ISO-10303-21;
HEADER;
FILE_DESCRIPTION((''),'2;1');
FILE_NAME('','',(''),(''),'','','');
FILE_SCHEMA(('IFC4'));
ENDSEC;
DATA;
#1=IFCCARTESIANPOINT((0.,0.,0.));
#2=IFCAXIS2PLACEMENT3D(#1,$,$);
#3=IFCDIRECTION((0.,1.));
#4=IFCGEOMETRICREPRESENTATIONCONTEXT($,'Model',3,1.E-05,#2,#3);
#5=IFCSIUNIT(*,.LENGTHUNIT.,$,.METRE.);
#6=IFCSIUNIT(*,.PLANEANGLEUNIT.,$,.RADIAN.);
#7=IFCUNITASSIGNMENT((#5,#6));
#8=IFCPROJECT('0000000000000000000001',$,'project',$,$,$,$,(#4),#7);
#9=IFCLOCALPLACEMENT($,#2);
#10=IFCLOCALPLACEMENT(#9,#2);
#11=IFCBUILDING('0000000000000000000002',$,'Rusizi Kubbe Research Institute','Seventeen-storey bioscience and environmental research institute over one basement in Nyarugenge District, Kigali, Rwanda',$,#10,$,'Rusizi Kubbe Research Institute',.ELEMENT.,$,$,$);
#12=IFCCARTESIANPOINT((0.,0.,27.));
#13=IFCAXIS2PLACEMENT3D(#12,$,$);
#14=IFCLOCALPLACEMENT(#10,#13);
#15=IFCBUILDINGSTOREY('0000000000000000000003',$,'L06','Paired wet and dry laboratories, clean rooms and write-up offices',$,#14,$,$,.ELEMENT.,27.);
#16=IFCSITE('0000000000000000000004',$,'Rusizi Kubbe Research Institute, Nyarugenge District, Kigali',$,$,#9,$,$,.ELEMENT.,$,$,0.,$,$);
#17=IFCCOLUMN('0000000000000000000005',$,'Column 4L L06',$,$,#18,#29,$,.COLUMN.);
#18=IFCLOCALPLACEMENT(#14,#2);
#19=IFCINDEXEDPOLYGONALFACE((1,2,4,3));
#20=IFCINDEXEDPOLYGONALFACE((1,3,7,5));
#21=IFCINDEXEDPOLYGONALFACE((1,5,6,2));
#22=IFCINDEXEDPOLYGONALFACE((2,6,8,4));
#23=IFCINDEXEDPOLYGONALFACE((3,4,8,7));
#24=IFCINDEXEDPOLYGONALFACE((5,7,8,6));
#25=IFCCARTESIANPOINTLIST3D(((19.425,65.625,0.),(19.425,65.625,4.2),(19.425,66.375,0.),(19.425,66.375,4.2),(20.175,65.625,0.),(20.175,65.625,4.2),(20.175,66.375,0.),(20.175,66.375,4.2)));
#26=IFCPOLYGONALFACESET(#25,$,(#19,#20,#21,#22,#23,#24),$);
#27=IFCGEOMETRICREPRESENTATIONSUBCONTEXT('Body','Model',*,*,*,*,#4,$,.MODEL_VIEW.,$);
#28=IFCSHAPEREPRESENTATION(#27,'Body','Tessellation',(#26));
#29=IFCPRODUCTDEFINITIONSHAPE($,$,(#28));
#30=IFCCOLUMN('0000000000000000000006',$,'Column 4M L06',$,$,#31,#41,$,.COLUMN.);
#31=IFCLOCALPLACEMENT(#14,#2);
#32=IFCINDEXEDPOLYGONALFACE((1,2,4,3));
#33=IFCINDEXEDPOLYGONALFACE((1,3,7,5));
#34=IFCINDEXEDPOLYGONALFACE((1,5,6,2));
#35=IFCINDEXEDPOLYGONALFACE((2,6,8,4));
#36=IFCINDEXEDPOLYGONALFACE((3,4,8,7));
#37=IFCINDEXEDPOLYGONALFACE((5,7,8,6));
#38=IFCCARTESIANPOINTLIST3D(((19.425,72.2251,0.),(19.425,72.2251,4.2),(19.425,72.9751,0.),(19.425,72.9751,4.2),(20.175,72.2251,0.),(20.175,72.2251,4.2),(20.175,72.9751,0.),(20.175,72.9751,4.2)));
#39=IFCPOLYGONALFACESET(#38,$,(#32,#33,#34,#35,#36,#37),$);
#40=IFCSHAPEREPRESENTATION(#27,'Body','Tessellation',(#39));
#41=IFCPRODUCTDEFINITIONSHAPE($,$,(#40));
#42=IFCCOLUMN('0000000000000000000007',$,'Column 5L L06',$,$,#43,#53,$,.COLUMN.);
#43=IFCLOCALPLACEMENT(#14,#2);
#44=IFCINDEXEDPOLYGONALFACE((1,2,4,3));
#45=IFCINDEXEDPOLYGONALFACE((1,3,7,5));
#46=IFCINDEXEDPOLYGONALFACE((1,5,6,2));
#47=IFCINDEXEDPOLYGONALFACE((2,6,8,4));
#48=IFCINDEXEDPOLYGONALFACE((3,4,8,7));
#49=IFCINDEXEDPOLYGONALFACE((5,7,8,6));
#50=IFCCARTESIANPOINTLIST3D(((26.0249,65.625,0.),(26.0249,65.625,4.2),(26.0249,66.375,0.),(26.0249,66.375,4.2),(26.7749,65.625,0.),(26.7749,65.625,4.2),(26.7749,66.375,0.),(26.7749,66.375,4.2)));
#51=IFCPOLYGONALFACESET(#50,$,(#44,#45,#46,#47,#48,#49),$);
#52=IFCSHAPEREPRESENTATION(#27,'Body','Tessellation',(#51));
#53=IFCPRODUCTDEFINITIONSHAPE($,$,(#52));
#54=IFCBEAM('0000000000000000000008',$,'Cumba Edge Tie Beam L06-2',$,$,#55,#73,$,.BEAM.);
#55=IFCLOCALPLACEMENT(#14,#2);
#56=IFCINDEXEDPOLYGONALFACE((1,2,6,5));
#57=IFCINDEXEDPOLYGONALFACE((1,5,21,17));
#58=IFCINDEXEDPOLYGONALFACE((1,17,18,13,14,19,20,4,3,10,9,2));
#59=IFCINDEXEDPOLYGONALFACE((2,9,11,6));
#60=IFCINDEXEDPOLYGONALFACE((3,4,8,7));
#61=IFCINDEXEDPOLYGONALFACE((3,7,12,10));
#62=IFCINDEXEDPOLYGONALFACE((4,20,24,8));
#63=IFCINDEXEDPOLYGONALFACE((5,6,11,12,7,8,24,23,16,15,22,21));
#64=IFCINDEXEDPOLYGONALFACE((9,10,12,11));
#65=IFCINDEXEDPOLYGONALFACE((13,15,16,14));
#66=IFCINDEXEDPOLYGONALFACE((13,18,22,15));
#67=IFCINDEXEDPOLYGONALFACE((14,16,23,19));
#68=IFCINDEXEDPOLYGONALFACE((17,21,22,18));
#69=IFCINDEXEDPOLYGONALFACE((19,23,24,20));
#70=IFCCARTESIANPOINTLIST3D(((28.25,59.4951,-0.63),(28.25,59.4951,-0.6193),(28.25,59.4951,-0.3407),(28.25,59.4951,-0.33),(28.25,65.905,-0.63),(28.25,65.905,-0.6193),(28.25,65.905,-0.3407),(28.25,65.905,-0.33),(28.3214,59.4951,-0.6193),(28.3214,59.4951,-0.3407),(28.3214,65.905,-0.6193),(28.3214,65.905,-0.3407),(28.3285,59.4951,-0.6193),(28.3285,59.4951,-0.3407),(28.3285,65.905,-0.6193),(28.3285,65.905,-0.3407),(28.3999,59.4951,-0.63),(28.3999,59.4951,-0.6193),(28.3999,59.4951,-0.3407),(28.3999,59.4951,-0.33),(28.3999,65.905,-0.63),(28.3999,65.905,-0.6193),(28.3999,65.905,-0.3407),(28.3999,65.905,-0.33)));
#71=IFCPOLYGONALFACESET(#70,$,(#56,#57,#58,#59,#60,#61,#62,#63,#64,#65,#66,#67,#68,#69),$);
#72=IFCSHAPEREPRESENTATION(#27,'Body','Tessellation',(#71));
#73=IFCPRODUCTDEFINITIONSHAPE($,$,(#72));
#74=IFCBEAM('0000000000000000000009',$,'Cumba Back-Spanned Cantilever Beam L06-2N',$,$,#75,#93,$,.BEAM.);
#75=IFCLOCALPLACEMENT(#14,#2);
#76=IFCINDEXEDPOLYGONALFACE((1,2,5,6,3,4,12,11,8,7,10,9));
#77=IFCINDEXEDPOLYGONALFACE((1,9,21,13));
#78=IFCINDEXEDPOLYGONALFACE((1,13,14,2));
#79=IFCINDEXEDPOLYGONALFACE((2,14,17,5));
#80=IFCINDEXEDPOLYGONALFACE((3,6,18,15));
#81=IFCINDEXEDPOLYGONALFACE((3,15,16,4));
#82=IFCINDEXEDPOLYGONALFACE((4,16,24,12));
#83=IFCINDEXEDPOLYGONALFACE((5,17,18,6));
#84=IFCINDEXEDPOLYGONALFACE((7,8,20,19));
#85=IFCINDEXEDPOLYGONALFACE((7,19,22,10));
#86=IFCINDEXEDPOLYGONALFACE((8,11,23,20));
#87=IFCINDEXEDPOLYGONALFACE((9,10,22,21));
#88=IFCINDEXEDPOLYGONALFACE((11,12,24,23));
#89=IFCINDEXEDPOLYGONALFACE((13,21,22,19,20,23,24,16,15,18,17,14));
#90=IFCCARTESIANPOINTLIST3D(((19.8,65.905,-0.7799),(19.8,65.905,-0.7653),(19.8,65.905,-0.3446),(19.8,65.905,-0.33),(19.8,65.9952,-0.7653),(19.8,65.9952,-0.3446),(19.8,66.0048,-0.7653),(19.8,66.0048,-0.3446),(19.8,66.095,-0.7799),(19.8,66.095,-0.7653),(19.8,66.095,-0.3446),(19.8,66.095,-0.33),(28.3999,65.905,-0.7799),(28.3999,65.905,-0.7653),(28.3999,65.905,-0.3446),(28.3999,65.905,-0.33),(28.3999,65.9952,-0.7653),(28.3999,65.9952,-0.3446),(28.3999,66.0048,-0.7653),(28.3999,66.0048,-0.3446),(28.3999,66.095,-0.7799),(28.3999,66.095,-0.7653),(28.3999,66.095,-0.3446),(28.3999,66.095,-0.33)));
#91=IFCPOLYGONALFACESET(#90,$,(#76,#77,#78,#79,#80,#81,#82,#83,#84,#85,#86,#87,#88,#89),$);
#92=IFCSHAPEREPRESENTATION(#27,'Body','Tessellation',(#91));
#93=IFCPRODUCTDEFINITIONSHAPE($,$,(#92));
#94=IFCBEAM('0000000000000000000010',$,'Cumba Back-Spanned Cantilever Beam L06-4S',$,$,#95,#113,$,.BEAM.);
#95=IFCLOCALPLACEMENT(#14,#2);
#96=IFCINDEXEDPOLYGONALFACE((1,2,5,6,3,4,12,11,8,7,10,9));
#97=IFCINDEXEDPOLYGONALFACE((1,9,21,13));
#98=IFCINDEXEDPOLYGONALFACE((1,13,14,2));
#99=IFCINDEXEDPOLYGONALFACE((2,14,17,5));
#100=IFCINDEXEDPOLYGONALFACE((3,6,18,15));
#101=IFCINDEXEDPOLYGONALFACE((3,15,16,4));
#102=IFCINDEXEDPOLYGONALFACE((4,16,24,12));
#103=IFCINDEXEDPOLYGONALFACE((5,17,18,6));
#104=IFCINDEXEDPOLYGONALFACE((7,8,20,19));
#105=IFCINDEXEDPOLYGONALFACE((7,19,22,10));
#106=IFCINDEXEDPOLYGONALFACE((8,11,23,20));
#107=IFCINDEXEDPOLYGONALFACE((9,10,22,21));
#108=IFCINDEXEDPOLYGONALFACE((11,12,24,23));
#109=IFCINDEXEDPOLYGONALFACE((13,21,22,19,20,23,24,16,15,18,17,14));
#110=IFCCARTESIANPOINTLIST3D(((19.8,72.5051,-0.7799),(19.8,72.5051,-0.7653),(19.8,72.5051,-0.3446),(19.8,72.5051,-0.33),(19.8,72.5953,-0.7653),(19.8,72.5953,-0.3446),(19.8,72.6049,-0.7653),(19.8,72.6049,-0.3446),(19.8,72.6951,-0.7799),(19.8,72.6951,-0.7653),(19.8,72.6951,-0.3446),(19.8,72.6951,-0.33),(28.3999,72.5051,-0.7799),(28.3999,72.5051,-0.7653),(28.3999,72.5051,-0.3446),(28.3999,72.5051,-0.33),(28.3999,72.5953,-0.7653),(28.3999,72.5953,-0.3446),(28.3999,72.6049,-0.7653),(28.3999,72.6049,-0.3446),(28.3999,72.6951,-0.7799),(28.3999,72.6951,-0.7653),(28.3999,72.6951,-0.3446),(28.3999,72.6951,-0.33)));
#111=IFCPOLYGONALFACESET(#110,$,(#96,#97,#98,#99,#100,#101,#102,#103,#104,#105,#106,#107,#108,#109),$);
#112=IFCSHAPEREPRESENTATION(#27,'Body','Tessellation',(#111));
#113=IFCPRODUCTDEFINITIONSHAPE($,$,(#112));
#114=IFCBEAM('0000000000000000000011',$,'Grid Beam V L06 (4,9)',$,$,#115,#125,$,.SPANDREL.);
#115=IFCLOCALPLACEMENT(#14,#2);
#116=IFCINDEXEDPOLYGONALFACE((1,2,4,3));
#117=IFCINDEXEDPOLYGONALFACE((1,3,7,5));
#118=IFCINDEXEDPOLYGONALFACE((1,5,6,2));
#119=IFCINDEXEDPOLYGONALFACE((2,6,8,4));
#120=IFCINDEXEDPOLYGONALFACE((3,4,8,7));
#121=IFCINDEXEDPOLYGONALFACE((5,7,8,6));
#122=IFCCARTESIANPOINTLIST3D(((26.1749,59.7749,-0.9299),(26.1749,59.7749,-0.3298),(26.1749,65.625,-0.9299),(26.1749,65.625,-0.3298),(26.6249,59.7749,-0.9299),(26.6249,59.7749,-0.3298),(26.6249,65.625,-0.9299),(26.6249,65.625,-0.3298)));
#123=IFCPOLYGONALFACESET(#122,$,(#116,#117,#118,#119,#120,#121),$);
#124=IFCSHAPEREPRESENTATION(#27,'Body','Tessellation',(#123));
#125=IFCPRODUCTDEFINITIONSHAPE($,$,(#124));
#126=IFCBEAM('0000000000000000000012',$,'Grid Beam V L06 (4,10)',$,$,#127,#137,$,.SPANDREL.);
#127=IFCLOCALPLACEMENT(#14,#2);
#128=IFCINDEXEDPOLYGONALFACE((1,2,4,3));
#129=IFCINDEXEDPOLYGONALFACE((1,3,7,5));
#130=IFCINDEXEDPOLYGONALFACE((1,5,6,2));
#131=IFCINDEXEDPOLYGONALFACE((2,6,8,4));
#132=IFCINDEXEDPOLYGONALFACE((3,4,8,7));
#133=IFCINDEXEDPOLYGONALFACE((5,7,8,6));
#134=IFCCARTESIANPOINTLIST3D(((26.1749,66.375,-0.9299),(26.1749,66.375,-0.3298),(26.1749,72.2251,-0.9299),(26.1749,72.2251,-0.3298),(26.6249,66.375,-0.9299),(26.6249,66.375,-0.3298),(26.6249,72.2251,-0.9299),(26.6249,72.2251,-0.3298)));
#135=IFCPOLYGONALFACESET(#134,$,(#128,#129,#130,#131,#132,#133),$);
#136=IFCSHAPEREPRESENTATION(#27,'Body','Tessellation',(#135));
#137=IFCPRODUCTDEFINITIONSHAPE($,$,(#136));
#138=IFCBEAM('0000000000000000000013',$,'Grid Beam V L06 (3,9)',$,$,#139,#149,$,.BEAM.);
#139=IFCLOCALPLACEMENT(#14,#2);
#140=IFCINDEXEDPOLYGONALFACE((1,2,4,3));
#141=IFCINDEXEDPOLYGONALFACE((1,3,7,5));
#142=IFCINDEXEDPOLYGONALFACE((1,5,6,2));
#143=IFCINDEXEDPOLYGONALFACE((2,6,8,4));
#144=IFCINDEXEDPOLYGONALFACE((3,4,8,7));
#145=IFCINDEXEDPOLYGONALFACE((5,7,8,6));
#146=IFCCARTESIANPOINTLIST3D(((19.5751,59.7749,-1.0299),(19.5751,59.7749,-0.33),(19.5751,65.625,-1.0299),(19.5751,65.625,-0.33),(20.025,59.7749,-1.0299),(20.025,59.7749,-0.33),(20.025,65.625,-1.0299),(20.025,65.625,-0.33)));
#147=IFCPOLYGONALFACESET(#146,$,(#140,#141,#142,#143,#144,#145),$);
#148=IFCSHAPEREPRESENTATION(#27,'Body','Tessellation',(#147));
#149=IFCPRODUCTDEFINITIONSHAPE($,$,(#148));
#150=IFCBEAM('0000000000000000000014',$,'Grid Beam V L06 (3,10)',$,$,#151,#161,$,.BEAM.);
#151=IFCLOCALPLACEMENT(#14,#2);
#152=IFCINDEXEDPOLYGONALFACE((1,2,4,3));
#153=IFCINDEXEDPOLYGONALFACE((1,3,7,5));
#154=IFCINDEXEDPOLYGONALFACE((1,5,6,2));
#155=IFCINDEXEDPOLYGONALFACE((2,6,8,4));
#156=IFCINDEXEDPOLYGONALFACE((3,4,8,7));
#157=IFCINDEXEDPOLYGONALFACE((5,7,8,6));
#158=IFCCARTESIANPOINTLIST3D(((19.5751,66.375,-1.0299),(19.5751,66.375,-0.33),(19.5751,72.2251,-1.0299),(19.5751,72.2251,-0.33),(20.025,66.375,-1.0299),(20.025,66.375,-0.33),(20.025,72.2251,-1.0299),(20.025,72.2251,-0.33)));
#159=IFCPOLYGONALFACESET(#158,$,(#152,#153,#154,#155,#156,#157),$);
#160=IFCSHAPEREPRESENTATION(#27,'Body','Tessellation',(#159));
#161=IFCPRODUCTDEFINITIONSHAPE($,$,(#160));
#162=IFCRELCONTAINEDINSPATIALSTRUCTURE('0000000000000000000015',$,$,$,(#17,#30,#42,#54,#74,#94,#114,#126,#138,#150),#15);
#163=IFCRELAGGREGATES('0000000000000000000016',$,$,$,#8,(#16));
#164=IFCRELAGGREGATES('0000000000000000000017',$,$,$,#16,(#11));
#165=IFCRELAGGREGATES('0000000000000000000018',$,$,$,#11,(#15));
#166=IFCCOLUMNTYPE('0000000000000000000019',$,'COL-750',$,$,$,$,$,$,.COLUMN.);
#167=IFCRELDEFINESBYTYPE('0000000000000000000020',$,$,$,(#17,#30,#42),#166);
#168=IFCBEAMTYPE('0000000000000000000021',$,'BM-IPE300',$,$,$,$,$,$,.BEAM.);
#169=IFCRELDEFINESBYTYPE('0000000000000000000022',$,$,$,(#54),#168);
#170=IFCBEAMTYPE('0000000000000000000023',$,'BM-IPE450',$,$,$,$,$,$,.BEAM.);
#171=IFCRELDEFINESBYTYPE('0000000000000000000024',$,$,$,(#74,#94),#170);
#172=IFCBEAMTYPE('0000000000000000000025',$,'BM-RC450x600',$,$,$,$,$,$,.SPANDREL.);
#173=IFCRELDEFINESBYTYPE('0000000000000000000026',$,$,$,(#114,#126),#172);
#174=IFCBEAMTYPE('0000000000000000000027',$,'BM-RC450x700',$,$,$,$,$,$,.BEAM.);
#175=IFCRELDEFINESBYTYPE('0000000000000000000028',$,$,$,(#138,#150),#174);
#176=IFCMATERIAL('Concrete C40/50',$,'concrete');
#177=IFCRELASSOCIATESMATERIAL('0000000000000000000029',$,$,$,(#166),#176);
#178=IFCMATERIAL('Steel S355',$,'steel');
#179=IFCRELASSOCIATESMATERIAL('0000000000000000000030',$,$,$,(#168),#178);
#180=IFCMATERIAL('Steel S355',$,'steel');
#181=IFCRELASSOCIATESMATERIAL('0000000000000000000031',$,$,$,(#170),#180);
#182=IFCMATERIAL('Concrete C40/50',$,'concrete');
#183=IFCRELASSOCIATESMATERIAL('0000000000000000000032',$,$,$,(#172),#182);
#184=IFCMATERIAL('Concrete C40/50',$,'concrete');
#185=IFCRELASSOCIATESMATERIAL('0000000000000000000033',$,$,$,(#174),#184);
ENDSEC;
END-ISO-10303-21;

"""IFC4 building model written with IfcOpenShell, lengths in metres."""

from ifc_helpers import new_model, si_unit, direction, frame, origin, origin_2d, place, context, subcontext, project, spatial, rectangle, i_section, extrude, material, material_profile, profile_set, type_object, element, save


model = new_model("IFC4")

# Units and contexts
model_context = context("Model", 3, precision=1e-05, world=origin(), true_north=direction((0.0, 1.0)))
body_context = subcontext(model_context, "Body", "Model", "MODEL_VIEW")
ifc_project = project(units=[si_unit("LENGTHUNIT", "METRE"), si_unit("PLANEANGLEUNIT", "RADIAN")], contexts=[model_context])

# Site, building, storey
site_placement = place(None, origin())
site = spatial("IfcSite", under=ifc_project, at=site_placement, Name="Rusizi Kubbe Research Institute, Nyarugenge District, Kigali", CompositionType="ELEMENT", RefElevation=0.0)
building_placement = place(site_placement, origin())
building = spatial("IfcBuilding", under=site, at=building_placement, Name="Rusizi Kubbe Research Institute", Description="Seventeen-storey bioscience and environmental research institute over one basement in Nyarugenge District, Kigali, Rwanda", LongName="Rusizi Kubbe Research Institute", CompositionType="ELEMENT")
storey_placement = place(building_placement, frame((0.0, 0.0, 27.0)))
storey = spatial("IfcBuildingStorey", under=building, at=storey_placement, Name="L06", Description="Paired wet and dry laboratories, clean rooms and write-up offices", CompositionType="ELEMENT", Elevation=27.0)

# Columns
ifc_material_1 = material(Name="Concrete C40/50", Category="concrete")
ifc_material_profile_1 = material_profile(ifc_material_1, rectangle(XDim=0.75, YDim=0.75, at=origin_2d()), Name="RC750x750")
ifc_profile_set_1 = profile_set([ifc_material_profile_1], Name="Concrete C40/50")
column_type = type_object("IfcColumnType", Name="COL-750", PredefinedType="COLUMN", material=ifc_profile_set_1)
for number, where, z_axis, x_axis, name in (
    (1, (19.8, 66.0, 0.0), (0.0, 0.0, 1.0), (1.0, 0.0, 0.0), "Column 4L L06"),
    (2, (19.8, 72.6001, 0.0), (0.0, 0.0, 1.0), (1.0, 0.0, 0.0), "Column 4M L06"),
    (3, (26.3999, 66.0, 0.0), (0.0, 0.0, 1.0), (1.0, 0.0, 0.0), "Column 5L L06"),
):
    element("IfcColumn", number, at=place(storey_placement, frame(where, z_axis=z_axis, x_axis=x_axis)), inside=storey, type_object=column_type, Name=name, PredefinedType="COLUMN", context=body_context, shape_type="SweptSolid", body=[
        extrude(rectangle(XDim=0.75, YDim=0.75, at=origin_2d()), origin(), (0.0, 0.0, 1.0), 4.2),
    ])

# Beams
ifc_material_2 = material(Name="Steel S355", Category="steel")
ifc_material_profile_2 = material_profile(ifc_material_2, i_section(OverallWidth=0.1499, OverallDepth=0.3, WebThickness=0.0071, FlangeThickness=0.0107, at=origin_2d()), Name="IPE 300")
ifc_profile_set_2 = profile_set([ifc_material_profile_2], Name="Steel S355")
beam_type_1 = type_object("IfcBeamType", Name="BM-IPE300", PredefinedType="BEAM", material=ifc_profile_set_2)
beam_placement = place(storey_placement, frame((28.325, 59.4951, -0.48), z_axis=(0.0, 1.0, 0.0), x_axis=(-1.0, 0.0, 0.0)))
element("IfcBeam", 4, at=beam_placement, inside=storey, type_object=beam_type_1, Name="Cumba Edge Tie Beam L06-2", PredefinedType="BEAM", context=body_context, shape_type="SweptSolid", body=[
    extrude(i_section(OverallWidth=0.1499, OverallDepth=0.3, WebThickness=0.0071, FlangeThickness=0.0107, at=origin_2d()), origin(), (0.0, 0.0, 1.0), 6.4099),
])
ifc_material_3 = material(Name="Steel S355", Category="steel")
ifc_material_profile_3 = material_profile(ifc_material_3, i_section(OverallWidth=0.1899, OverallDepth=0.45, WebThickness=0.0095, FlangeThickness=0.0146, at=origin_2d()), Name="IPE 450")
ifc_profile_set_3 = profile_set([ifc_material_profile_3], Name="Steel S355")
beam_type_2 = type_object("IfcBeamType", Name="BM-IPE450", PredefinedType="BEAM", material=ifc_profile_set_3)
for number, where, z_axis, x_axis, name in (
    (5, (19.8, 66.0, -0.5549), (1.0, 0.0, 0.0), (0.0, 1.0, 0.0), "Cumba Back-Spanned Cantilever Beam L06-2N"),
    (6, (19.8, 72.6001, -0.5549), (1.0, 0.0, 0.0), (0.0, 1.0, 0.0), "Cumba Back-Spanned Cantilever Beam L06-4S"),
):
    element("IfcBeam", number, at=place(storey_placement, frame(where, z_axis=z_axis, x_axis=x_axis)), inside=storey, type_object=beam_type_2, Name=name, PredefinedType="BEAM", context=body_context, shape_type="SweptSolid", body=[
        extrude(i_section(OverallWidth=0.1899, OverallDepth=0.45, WebThickness=0.0095, FlangeThickness=0.0146, at=origin_2d()), origin(), (0.0, 0.0, 1.0), 8.5999),
    ])
ifc_material_4 = material(Name="Concrete C40/50", Category="concrete")
ifc_material_profile_4 = material_profile(ifc_material_4, rectangle(XDim=0.45, YDim=0.6001, at=origin_2d()), Name="RC450x600")
ifc_profile_set_4 = profile_set([ifc_material_profile_4], Name="Concrete C40/50")
beam_type_3 = type_object("IfcBeamType", Name="BM-RC450x600", PredefinedType="SPANDREL", material=ifc_profile_set_4)
for number, where, z_axis, x_axis, name in (
    (7, (26.3999, 59.7749, -0.6299), (0.0, 1.0, 0.0), (-1.0, 0.0, 0.0), "Grid Beam V L06 (4,9)"),
    (8, (26.3999, 66.375, -0.6299), (0.0, 1.0, 0.0), (-1.0, 0.0, 0.0), "Grid Beam V L06 (4,10)"),
):
    element("IfcBeam", number, at=place(storey_placement, frame(where, z_axis=z_axis, x_axis=x_axis)), inside=storey, type_object=beam_type_3, Name=name, PredefinedType="SPANDREL", context=body_context, shape_type="SweptSolid", body=[
        extrude(rectangle(XDim=0.45, YDim=0.6001, at=origin_2d()), origin(), (0.0, 0.0, 1.0), 5.8501),
    ])
ifc_material_5 = material(Name="Concrete C40/50", Category="concrete")
ifc_material_profile_5 = material_profile(ifc_material_5, rectangle(XDim=0.45, YDim=0.7, at=origin_2d()), Name="RC450x700B")
ifc_profile_set_5 = profile_set([ifc_material_profile_5], Name="Concrete C40/50")
beam_type_4 = type_object("IfcBeamType", Name="BM-RC450x700", PredefinedType="BEAM", material=ifc_profile_set_5)
for number, where, z_axis, x_axis, name in (
    (9, (19.8, 59.7749, -0.6799), (0.0, 1.0, 0.0), (-1.0, 0.0, 0.0), "Grid Beam V L06 (3,9)"),
    (10, (19.8, 66.375, -0.6799), (0.0, 1.0, 0.0), (-1.0, 0.0, 0.0), "Grid Beam V L06 (3,10)"),
):
    element("IfcBeam", number, at=place(storey_placement, frame(where, z_axis=z_axis, x_axis=x_axis)), inside=storey, type_object=beam_type_4, Name=name, PredefinedType="BEAM", context=body_context, shape_type="SweptSolid", body=[
        extrude(rectangle(XDim=0.45, YDim=0.7, at=origin_2d()), origin(), (0.0, 0.0, 1.0), 5.8501),
    ])

save(model, "model.ifc")
